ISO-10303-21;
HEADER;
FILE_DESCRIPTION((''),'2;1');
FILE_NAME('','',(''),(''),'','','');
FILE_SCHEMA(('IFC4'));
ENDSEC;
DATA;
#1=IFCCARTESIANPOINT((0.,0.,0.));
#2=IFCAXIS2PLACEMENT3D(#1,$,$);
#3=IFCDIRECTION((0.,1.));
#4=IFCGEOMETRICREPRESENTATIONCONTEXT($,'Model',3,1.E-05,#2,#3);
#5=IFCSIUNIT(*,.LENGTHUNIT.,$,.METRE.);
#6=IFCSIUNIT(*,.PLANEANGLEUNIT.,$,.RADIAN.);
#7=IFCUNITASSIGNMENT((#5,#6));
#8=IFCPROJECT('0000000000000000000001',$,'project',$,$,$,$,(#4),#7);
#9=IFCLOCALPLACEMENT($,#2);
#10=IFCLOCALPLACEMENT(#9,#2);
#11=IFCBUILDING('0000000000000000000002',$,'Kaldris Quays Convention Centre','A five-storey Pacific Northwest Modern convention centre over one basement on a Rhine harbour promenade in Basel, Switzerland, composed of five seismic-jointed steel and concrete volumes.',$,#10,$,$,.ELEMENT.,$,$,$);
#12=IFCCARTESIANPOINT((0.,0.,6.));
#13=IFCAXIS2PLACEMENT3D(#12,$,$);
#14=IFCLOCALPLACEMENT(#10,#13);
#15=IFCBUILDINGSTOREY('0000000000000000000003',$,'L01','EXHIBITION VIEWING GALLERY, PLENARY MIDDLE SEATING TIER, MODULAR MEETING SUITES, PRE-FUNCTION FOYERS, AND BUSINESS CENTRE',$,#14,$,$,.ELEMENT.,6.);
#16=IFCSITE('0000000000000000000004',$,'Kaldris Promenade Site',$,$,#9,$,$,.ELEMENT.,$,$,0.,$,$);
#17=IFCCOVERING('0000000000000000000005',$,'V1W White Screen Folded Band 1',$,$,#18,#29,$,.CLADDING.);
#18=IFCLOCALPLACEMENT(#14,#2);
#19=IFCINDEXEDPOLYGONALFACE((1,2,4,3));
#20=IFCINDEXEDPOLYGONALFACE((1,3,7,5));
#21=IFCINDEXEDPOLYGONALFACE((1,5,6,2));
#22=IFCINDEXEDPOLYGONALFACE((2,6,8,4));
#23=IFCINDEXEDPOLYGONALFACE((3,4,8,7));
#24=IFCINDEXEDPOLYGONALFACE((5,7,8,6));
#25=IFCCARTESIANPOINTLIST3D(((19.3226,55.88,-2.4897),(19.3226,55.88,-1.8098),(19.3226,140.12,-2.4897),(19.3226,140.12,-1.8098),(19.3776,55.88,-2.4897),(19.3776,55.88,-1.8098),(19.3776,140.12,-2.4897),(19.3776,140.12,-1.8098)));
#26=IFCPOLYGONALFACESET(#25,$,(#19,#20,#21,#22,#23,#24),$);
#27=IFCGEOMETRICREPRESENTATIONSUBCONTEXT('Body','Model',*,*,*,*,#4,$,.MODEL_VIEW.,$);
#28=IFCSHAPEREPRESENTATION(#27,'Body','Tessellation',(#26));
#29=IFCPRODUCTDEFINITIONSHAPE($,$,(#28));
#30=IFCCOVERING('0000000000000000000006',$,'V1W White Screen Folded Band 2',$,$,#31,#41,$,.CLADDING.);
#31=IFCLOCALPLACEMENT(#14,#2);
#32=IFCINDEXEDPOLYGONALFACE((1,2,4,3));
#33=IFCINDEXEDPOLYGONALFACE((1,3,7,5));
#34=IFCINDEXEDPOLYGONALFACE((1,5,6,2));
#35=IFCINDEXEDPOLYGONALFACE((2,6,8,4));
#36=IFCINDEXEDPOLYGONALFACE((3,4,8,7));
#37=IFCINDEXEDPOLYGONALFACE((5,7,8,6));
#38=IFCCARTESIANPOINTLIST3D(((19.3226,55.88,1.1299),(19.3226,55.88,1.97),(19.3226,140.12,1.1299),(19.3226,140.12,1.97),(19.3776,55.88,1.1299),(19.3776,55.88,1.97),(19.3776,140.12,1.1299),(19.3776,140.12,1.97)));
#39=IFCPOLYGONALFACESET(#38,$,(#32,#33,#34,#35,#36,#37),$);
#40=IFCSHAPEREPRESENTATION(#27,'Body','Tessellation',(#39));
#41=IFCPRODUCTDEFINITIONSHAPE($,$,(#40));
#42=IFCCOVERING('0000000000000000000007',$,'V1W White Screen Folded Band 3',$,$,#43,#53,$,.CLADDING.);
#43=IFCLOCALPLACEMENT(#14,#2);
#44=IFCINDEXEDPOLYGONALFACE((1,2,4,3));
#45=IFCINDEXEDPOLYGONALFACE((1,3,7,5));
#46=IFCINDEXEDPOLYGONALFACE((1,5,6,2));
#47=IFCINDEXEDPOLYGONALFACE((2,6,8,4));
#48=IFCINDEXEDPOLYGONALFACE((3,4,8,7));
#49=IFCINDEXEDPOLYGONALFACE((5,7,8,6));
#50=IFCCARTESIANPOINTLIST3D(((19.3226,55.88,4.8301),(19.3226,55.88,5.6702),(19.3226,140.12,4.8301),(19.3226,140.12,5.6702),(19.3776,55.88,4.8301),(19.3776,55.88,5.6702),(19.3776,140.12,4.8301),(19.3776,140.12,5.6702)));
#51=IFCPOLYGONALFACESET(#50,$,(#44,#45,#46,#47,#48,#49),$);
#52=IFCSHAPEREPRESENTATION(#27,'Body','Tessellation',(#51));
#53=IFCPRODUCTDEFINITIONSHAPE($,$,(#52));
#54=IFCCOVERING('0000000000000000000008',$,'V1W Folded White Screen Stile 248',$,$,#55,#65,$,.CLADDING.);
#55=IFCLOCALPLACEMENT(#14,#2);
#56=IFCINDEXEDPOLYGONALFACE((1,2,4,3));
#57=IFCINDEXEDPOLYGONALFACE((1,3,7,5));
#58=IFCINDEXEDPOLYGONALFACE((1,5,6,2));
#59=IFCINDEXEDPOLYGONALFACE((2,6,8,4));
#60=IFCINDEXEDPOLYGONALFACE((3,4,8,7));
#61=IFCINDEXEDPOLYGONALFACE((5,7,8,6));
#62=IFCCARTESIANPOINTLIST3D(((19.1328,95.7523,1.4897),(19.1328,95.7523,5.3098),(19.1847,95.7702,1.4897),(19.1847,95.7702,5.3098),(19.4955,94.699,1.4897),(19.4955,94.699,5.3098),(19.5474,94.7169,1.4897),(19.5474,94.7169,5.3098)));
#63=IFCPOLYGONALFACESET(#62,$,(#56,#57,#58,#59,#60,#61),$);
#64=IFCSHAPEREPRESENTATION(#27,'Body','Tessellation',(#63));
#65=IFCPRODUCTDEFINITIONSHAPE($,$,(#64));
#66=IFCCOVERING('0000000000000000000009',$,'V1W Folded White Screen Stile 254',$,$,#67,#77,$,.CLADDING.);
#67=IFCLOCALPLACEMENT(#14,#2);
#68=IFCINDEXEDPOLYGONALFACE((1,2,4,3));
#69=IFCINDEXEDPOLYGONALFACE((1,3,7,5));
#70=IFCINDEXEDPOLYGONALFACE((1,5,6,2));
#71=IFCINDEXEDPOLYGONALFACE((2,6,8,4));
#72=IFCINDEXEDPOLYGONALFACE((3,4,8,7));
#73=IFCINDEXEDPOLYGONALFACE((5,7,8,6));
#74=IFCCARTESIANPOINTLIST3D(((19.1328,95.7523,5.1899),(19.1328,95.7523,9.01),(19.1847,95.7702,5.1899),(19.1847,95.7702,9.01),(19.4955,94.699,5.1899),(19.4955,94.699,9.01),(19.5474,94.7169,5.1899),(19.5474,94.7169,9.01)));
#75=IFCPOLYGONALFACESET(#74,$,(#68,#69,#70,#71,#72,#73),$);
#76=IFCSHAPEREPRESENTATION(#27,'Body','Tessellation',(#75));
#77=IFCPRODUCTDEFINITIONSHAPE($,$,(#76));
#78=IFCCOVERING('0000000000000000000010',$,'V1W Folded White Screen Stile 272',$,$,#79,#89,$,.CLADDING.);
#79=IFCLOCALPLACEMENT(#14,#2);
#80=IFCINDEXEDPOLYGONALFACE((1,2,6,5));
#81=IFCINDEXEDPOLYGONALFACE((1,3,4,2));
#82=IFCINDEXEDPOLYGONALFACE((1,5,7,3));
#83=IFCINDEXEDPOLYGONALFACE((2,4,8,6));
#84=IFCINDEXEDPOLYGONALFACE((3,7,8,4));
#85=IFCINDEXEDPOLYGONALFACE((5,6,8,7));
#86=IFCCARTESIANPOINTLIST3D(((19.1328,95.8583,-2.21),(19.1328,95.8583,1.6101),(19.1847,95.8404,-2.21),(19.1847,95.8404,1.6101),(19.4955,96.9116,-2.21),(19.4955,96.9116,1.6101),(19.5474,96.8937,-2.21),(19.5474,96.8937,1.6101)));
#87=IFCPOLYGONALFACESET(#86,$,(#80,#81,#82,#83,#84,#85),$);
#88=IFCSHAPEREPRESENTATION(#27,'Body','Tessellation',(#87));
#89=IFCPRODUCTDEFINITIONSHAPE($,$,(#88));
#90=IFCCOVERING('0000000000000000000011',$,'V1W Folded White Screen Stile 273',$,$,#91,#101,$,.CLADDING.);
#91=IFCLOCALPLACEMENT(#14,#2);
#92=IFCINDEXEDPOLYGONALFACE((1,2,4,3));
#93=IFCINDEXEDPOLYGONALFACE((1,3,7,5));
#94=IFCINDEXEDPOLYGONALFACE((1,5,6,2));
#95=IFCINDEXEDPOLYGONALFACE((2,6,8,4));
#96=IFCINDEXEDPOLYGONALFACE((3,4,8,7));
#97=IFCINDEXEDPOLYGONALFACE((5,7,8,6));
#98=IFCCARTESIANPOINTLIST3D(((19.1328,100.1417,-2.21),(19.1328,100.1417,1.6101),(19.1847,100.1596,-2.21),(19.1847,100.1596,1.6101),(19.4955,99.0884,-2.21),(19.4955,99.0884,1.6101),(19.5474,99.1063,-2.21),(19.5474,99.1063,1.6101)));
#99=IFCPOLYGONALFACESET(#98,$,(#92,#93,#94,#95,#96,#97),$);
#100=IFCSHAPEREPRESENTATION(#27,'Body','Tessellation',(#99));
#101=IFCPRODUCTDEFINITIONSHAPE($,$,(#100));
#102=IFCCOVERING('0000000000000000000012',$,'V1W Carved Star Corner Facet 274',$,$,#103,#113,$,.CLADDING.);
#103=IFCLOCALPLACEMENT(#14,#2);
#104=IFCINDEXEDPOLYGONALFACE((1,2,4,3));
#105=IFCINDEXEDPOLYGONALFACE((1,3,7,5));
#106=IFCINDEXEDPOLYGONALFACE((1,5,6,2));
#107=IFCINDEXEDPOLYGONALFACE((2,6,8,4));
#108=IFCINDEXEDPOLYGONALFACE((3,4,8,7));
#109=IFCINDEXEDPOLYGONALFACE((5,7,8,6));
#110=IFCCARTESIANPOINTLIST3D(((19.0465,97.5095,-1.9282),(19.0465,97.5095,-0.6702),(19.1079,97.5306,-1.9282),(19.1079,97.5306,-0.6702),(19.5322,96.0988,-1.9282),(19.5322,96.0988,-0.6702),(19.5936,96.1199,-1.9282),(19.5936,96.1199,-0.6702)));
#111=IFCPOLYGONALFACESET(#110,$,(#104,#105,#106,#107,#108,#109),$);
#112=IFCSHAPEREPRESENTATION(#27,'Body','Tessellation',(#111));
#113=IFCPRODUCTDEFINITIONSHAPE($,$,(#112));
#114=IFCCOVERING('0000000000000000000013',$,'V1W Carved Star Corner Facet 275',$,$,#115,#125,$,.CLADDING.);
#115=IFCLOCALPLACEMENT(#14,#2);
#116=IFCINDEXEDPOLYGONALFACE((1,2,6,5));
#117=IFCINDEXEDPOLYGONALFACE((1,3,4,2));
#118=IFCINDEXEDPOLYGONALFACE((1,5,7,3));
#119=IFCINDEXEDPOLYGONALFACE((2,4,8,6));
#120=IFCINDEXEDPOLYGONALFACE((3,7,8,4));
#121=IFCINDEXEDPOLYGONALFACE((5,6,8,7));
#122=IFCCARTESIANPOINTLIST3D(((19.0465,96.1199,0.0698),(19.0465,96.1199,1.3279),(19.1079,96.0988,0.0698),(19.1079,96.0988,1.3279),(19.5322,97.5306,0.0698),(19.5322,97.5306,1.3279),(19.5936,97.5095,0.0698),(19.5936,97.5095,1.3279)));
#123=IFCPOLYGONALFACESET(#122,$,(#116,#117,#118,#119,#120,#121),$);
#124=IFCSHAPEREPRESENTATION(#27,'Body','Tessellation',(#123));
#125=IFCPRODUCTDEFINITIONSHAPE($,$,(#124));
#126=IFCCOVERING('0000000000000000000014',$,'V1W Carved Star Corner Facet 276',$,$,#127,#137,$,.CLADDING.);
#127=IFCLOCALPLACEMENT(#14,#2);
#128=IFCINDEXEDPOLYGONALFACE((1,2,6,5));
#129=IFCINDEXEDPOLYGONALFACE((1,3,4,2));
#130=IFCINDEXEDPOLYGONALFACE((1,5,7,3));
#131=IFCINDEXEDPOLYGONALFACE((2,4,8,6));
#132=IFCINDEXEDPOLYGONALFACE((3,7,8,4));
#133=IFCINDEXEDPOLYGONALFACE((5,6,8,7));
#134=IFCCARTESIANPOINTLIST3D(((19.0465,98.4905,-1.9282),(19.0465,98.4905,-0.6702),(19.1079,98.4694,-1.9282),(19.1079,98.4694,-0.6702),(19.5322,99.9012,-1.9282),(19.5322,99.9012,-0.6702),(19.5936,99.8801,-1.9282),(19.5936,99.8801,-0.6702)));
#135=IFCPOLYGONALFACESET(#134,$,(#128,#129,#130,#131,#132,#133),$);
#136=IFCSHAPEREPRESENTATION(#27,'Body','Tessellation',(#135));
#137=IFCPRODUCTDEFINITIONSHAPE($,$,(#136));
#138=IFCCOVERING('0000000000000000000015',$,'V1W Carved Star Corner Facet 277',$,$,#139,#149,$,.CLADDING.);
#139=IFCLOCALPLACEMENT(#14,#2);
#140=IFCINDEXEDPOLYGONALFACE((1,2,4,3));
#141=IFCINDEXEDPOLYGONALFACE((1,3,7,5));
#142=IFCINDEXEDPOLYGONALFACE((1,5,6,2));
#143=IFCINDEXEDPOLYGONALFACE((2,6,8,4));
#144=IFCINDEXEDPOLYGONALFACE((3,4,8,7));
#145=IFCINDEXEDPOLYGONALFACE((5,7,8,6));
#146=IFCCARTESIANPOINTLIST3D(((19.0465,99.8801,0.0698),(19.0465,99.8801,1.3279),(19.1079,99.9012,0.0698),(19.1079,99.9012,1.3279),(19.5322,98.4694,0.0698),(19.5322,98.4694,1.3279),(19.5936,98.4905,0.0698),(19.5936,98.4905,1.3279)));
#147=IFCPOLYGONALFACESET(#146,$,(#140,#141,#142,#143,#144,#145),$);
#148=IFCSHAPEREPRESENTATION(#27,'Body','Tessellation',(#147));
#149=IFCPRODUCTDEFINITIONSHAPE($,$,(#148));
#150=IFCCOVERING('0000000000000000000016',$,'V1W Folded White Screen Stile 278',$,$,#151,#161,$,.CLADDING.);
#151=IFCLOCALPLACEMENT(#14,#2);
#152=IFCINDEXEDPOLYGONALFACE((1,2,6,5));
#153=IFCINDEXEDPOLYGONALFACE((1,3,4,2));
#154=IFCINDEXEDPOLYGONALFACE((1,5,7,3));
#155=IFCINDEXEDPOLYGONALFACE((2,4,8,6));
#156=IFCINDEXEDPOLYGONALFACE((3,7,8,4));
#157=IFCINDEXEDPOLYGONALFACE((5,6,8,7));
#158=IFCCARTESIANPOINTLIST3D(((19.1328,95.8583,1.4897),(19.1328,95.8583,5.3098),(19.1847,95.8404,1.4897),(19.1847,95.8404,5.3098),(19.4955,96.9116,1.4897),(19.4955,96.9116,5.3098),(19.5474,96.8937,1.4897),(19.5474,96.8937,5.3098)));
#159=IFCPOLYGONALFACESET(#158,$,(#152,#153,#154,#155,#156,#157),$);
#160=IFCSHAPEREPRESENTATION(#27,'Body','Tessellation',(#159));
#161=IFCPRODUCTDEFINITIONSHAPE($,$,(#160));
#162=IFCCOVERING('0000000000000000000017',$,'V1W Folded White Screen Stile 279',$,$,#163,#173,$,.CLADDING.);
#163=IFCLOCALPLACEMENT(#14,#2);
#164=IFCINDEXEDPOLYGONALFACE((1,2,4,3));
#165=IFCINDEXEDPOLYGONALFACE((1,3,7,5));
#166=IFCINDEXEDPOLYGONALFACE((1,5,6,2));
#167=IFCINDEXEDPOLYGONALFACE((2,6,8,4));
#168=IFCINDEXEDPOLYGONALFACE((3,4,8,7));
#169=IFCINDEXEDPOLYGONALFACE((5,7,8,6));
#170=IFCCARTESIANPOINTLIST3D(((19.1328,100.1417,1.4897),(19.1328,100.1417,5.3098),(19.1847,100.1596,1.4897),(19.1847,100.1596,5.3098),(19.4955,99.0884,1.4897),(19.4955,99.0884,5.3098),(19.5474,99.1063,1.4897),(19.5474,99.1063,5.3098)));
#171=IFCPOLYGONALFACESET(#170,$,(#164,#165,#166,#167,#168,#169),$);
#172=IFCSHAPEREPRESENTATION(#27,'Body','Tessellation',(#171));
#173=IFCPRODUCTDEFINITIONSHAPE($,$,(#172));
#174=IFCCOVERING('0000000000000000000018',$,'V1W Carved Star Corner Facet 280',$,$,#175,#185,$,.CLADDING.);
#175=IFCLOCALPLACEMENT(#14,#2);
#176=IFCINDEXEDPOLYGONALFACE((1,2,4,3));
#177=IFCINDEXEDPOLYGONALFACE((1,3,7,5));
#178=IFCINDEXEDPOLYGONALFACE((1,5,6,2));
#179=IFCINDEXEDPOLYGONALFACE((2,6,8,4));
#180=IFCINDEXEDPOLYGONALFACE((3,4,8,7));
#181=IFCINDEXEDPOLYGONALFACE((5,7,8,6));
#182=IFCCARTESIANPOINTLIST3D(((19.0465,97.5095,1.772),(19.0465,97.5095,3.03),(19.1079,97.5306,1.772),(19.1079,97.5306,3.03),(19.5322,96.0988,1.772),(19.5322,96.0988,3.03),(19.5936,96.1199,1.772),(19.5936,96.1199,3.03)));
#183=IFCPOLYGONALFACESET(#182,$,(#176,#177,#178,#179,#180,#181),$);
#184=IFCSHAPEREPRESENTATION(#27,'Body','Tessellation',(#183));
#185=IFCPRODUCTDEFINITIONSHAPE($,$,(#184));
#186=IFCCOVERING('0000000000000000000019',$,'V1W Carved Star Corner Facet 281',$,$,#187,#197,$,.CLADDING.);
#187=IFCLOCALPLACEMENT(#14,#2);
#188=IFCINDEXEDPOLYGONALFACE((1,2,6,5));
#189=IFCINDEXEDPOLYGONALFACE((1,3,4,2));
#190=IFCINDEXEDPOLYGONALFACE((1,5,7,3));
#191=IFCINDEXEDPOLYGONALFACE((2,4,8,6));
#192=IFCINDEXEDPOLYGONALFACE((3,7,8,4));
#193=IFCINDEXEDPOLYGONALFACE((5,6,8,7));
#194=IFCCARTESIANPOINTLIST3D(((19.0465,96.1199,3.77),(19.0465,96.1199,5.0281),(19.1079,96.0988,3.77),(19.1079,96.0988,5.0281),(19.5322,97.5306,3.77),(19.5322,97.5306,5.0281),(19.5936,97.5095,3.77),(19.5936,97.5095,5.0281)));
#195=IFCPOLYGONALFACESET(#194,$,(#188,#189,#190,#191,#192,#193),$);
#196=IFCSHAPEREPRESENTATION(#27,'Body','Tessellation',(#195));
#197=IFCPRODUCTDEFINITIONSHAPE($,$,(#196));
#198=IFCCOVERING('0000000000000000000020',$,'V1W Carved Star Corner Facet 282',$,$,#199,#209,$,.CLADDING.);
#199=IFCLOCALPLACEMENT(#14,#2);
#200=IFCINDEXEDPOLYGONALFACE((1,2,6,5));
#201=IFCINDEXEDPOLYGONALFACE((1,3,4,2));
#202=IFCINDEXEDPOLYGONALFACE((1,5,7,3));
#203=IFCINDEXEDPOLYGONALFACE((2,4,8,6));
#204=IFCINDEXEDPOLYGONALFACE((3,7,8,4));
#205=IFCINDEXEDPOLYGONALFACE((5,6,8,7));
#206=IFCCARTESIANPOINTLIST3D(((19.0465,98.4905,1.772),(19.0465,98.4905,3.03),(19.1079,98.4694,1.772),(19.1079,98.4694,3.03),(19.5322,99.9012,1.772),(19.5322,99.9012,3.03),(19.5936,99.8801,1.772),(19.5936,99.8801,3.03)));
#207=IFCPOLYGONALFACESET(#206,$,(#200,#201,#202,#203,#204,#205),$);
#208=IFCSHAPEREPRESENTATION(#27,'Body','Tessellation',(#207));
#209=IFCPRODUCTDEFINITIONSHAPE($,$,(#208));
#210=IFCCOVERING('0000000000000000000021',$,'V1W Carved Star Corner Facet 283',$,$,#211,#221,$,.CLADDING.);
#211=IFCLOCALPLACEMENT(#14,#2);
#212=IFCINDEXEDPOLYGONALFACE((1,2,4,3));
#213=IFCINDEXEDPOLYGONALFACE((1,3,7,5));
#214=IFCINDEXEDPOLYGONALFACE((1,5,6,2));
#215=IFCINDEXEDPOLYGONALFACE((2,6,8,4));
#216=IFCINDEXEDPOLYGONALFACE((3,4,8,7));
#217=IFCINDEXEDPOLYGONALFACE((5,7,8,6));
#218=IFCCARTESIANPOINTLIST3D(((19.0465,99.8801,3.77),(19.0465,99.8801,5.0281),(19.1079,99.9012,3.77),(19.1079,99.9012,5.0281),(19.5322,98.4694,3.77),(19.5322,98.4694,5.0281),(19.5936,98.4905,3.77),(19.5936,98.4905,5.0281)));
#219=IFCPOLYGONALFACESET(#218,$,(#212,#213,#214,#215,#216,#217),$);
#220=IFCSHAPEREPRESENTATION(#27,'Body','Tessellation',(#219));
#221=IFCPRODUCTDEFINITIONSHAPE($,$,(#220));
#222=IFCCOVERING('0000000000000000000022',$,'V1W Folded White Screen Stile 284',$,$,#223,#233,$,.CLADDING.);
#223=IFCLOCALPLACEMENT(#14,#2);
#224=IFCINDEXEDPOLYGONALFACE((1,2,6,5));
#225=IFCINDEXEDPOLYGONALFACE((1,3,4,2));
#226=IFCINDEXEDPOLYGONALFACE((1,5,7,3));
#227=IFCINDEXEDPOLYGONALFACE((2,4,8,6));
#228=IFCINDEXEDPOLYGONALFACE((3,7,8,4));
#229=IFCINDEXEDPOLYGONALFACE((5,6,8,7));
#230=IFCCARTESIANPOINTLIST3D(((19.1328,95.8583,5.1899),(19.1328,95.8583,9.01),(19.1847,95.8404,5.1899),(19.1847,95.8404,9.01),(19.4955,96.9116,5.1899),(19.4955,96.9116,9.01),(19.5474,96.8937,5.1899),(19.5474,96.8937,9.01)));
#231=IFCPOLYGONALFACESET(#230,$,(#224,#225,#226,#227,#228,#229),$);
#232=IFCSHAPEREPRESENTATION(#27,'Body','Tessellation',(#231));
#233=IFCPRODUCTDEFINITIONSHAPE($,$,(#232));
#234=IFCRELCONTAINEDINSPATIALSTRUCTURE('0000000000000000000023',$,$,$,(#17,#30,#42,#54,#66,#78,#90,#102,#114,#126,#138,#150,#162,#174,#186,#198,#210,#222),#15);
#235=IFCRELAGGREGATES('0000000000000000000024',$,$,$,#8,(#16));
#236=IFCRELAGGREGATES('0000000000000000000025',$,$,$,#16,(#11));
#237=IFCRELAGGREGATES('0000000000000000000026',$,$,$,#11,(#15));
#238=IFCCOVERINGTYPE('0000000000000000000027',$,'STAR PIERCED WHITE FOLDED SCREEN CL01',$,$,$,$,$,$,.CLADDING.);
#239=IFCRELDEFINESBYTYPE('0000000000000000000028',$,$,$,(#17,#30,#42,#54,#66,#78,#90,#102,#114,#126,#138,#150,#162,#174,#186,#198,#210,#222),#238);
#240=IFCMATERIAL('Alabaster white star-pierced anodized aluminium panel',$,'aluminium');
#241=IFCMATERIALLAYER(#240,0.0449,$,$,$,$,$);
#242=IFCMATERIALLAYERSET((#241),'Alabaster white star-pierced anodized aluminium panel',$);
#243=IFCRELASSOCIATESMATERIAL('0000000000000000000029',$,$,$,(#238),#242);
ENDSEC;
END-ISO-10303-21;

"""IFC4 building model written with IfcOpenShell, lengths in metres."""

from ifc_helpers import new_model, si_unit, direction, frame, origin, origin_2d, place, context, subcontext, project, spatial, rectangle, extrude, material, layer, layer_set, type_object, element, save


model = new_model("IFC4")

# Units and contexts
model_context = context("Model", 3, precision=1e-05, world=origin(), true_north=direction((0.0, 1.0)))
body_context = subcontext(model_context, "Body", "Model", "MODEL_VIEW")
ifc_project = project(units=[si_unit("LENGTHUNIT", "METRE"), si_unit("PLANEANGLEUNIT", "RADIAN")], contexts=[model_context])

# Site, building, storey
site_placement = place(None, origin())
site = spatial("IfcSite", under=ifc_project, at=site_placement, Name="Kaldris Promenade Site", CompositionType="ELEMENT", RefElevation=0.0)
building_placement = place(site_placement, origin())
building = spatial("IfcBuilding", under=site, at=building_placement, Name="Kaldris Quays Convention Centre", Description="A five-storey Pacific Northwest Modern convention centre over one basement on a Rhine harbour promenade in Basel, Switzerland, composed of five seismic-jointed steel and concrete volumes.", CompositionType="ELEMENT")
storey_placement = place(building_placement, frame((0.0, 0.0, 6.0)))
storey = spatial("IfcBuildingStorey", under=building, at=storey_placement, Name="L01", Description="EXHIBITION VIEWING GALLERY, PLENARY MIDDLE SEATING TIER, MODULAR MEETING SUITES, PRE-FUNCTION FOYERS, AND BUSINESS CENTRE", CompositionType="ELEMENT", Elevation=6.0)

# Coverings
ifc_material_1 = material(Name="Alabaster white star-pierced anodized aluminium panel", Category="aluminium")
ifc_layer = layer(ifc_material_1, 0.0449)
ifc_layer_set = layer_set([ifc_layer], Name="Alabaster white star-pierced anodized aluminium panel")
covering_type = type_object("IfcCoveringType", Name="STAR PIERCED WHITE FOLDED SCREEN CL01", PredefinedType="CLADDING", material=ifc_layer_set)
covering_1_placement = place(storey_placement, frame((19.3501, 98.0, -2.4897), z_axis=(0.0, 0.0, 1.0), x_axis=(0.0, 1.0, 0.0)))
element("IfcCovering", 1, at=covering_1_placement, inside=storey, type_object=covering_type, Name="V1W White Screen Folded Band 1", PredefinedType="CLADDING", context=body_context, shape_type="SweptSolid", body=[
    extrude(rectangle(XDim=84.24, YDim=0.0549, at=origin_2d()), origin(), (0.0, 0.0, 1.0), 0.6799),
])
for number, where, z_axis, x_axis, name in (
    (2, (19.3501, 98.0, 1.1299), (0.0, 0.0, 1.0), (0.0, 1.0, 0.0), "V1W White Screen Folded Band 2"),
    (3, (19.3501, 98.0, 4.8301), (0.0, 0.0, 1.0), (0.0, 1.0, 0.0), "V1W White Screen Folded Band 3"),
):
    element("IfcCovering", number, at=place(storey_placement, frame(where, z_axis=z_axis, x_axis=x_axis)), inside=storey, type_object=covering_type, Name=name, PredefinedType="CLADDING", context=body_context, shape_type="SweptSolid", body=[
        extrude(rectangle(XDim=84.24, YDim=0.0549, at=origin_2d()), origin(), (0.0, 0.0, 1.0), 0.8401),
    ])
for number, where, z_axis, x_axis, name in (
    (4, (19.3401, 95.2346, 1.4897), (0.0, 0.0, 1.0), (-0.325568, 0.945519, 0.0), "V1W Folded White Screen Stile 248"),
    (5, (19.3401, 95.2346, 5.1899), (0.0, 0.0, 1.0), (-0.325568, 0.945519, 0.0), "V1W Folded White Screen Stile 254"),
    (6, (19.3401, 96.376, -2.21), (0.0, 0.0, 1.0), (0.325568, 0.945519, 0.0), "V1W Folded White Screen Stile 272"),
    (7, (19.3401, 99.624, -2.21), (0.0, 0.0, 1.0), (-0.325568, 0.945519, 0.0), "V1W Folded White Screen Stile 273"),
):
    element("IfcCovering", number, at=place(storey_placement, frame(where, z_axis=z_axis, x_axis=x_axis)), inside=storey, type_object=covering_type, Name=name, PredefinedType="CLADDING", context=body_context, shape_type="SweptSolid", body=[
        extrude(rectangle(XDim=1.114, YDim=0.0549, at=origin_2d()), origin(), (0.0, 0.0, 1.0), 3.8201),
    ])
for number, where, z_axis, x_axis, name in (
    (8, (19.3201, 96.8147, -1.9282), (0.0, 0.0, 1.0), (-0.325568, 0.945519, 0.0), "V1W Carved Star Corner Facet 274"),
    (9, (19.3201, 96.8147, 0.0698), (0.0, 0.0, 1.0), (0.325568, 0.945519, 0.0), "V1W Carved Star Corner Facet 275"),
    (10, (19.3201, 99.1853, -1.9282), (0.0, 0.0, 1.0), (0.325568, 0.945519, 0.0), "V1W Carved Star Corner Facet 276"),
    (11, (19.3201, 99.1853, 0.0698), (0.0, 0.0, 1.0), (-0.325568, 0.945519, 0.0), "V1W Carved Star Corner Facet 277"),
):
    element("IfcCovering", number, at=place(storey_placement, frame(where, z_axis=z_axis, x_axis=x_axis)), inside=storey, type_object=covering_type, Name=name, PredefinedType="CLADDING", context=body_context, shape_type="SweptSolid", body=[
        extrude(rectangle(XDim=1.4919, YDim=0.0649, at=origin_2d()), origin(), (0.0, 0.0, 1.0), 1.2581),
    ])
for number, where, z_axis, x_axis, name in (
    (12, (19.3401, 96.376, 1.4897), (0.0, 0.0, 1.0), (0.325568, 0.945519, 0.0), "V1W Folded White Screen Stile 278"),
    (13, (19.3401, 99.624, 1.4897), (0.0, 0.0, 1.0), (-0.325568, 0.945519, 0.0), "V1W Folded White Screen Stile 279"),
):
    element("IfcCovering", number, at=place(storey_placement, frame(where, z_axis=z_axis, x_axis=x_axis)), inside=storey, type_object=covering_type, Name=name, PredefinedType="CLADDING", context=body_context, shape_type="SweptSolid", body=[
        extrude(rectangle(XDim=1.114, YDim=0.0549, at=origin_2d()), origin(), (0.0, 0.0, 1.0), 3.8201),
    ])
for number, where, z_axis, x_axis, name in (
    (14, (19.3201, 96.8147, 1.772), (0.0, 0.0, 1.0), (-0.325568, 0.945519, 0.0), "V1W Carved Star Corner Facet 280"),
    (15, (19.3201, 96.8147, 3.77), (0.0, 0.0, 1.0), (0.325568, 0.945519, 0.0), "V1W Carved Star Corner Facet 281"),
    (16, (19.3201, 99.1853, 1.772), (0.0, 0.0, 1.0), (0.325568, 0.945519, 0.0), "V1W Carved Star Corner Facet 282"),
    (17, (19.3201, 99.1853, 3.77), (0.0, 0.0, 1.0), (-0.325568, 0.945519, 0.0), "V1W Carved Star Corner Facet 283"),
):
    element("IfcCovering", number, at=place(storey_placement, frame(where, z_axis=z_axis, x_axis=x_axis)), inside=storey, type_object=covering_type, Name=name, PredefinedType="CLADDING", context=body_context, shape_type="SweptSolid", body=[
        extrude(rectangle(XDim=1.4919, YDim=0.0649, at=origin_2d()), origin(), (0.0, 0.0, 1.0), 1.2581),
    ])
covering_2_placement = place(storey_placement, frame((19.3401, 96.376, 5.1899), z_axis=(0.0, 0.0, 1.0), x_axis=(0.325568, 0.945519, 0.0)))
element("IfcCovering", 18, at=covering_2_placement, inside=storey, type_object=covering_type, Name="V1W Folded White Screen Stile 284", PredefinedType="CLADDING", context=body_context, shape_type="SweptSolid", body=[
    extrude(rectangle(XDim=1.114, YDim=0.0549, at=origin_2d()), origin(), (0.0, 0.0, 1.0), 3.8201),
])

save(model, "model.ifc")
